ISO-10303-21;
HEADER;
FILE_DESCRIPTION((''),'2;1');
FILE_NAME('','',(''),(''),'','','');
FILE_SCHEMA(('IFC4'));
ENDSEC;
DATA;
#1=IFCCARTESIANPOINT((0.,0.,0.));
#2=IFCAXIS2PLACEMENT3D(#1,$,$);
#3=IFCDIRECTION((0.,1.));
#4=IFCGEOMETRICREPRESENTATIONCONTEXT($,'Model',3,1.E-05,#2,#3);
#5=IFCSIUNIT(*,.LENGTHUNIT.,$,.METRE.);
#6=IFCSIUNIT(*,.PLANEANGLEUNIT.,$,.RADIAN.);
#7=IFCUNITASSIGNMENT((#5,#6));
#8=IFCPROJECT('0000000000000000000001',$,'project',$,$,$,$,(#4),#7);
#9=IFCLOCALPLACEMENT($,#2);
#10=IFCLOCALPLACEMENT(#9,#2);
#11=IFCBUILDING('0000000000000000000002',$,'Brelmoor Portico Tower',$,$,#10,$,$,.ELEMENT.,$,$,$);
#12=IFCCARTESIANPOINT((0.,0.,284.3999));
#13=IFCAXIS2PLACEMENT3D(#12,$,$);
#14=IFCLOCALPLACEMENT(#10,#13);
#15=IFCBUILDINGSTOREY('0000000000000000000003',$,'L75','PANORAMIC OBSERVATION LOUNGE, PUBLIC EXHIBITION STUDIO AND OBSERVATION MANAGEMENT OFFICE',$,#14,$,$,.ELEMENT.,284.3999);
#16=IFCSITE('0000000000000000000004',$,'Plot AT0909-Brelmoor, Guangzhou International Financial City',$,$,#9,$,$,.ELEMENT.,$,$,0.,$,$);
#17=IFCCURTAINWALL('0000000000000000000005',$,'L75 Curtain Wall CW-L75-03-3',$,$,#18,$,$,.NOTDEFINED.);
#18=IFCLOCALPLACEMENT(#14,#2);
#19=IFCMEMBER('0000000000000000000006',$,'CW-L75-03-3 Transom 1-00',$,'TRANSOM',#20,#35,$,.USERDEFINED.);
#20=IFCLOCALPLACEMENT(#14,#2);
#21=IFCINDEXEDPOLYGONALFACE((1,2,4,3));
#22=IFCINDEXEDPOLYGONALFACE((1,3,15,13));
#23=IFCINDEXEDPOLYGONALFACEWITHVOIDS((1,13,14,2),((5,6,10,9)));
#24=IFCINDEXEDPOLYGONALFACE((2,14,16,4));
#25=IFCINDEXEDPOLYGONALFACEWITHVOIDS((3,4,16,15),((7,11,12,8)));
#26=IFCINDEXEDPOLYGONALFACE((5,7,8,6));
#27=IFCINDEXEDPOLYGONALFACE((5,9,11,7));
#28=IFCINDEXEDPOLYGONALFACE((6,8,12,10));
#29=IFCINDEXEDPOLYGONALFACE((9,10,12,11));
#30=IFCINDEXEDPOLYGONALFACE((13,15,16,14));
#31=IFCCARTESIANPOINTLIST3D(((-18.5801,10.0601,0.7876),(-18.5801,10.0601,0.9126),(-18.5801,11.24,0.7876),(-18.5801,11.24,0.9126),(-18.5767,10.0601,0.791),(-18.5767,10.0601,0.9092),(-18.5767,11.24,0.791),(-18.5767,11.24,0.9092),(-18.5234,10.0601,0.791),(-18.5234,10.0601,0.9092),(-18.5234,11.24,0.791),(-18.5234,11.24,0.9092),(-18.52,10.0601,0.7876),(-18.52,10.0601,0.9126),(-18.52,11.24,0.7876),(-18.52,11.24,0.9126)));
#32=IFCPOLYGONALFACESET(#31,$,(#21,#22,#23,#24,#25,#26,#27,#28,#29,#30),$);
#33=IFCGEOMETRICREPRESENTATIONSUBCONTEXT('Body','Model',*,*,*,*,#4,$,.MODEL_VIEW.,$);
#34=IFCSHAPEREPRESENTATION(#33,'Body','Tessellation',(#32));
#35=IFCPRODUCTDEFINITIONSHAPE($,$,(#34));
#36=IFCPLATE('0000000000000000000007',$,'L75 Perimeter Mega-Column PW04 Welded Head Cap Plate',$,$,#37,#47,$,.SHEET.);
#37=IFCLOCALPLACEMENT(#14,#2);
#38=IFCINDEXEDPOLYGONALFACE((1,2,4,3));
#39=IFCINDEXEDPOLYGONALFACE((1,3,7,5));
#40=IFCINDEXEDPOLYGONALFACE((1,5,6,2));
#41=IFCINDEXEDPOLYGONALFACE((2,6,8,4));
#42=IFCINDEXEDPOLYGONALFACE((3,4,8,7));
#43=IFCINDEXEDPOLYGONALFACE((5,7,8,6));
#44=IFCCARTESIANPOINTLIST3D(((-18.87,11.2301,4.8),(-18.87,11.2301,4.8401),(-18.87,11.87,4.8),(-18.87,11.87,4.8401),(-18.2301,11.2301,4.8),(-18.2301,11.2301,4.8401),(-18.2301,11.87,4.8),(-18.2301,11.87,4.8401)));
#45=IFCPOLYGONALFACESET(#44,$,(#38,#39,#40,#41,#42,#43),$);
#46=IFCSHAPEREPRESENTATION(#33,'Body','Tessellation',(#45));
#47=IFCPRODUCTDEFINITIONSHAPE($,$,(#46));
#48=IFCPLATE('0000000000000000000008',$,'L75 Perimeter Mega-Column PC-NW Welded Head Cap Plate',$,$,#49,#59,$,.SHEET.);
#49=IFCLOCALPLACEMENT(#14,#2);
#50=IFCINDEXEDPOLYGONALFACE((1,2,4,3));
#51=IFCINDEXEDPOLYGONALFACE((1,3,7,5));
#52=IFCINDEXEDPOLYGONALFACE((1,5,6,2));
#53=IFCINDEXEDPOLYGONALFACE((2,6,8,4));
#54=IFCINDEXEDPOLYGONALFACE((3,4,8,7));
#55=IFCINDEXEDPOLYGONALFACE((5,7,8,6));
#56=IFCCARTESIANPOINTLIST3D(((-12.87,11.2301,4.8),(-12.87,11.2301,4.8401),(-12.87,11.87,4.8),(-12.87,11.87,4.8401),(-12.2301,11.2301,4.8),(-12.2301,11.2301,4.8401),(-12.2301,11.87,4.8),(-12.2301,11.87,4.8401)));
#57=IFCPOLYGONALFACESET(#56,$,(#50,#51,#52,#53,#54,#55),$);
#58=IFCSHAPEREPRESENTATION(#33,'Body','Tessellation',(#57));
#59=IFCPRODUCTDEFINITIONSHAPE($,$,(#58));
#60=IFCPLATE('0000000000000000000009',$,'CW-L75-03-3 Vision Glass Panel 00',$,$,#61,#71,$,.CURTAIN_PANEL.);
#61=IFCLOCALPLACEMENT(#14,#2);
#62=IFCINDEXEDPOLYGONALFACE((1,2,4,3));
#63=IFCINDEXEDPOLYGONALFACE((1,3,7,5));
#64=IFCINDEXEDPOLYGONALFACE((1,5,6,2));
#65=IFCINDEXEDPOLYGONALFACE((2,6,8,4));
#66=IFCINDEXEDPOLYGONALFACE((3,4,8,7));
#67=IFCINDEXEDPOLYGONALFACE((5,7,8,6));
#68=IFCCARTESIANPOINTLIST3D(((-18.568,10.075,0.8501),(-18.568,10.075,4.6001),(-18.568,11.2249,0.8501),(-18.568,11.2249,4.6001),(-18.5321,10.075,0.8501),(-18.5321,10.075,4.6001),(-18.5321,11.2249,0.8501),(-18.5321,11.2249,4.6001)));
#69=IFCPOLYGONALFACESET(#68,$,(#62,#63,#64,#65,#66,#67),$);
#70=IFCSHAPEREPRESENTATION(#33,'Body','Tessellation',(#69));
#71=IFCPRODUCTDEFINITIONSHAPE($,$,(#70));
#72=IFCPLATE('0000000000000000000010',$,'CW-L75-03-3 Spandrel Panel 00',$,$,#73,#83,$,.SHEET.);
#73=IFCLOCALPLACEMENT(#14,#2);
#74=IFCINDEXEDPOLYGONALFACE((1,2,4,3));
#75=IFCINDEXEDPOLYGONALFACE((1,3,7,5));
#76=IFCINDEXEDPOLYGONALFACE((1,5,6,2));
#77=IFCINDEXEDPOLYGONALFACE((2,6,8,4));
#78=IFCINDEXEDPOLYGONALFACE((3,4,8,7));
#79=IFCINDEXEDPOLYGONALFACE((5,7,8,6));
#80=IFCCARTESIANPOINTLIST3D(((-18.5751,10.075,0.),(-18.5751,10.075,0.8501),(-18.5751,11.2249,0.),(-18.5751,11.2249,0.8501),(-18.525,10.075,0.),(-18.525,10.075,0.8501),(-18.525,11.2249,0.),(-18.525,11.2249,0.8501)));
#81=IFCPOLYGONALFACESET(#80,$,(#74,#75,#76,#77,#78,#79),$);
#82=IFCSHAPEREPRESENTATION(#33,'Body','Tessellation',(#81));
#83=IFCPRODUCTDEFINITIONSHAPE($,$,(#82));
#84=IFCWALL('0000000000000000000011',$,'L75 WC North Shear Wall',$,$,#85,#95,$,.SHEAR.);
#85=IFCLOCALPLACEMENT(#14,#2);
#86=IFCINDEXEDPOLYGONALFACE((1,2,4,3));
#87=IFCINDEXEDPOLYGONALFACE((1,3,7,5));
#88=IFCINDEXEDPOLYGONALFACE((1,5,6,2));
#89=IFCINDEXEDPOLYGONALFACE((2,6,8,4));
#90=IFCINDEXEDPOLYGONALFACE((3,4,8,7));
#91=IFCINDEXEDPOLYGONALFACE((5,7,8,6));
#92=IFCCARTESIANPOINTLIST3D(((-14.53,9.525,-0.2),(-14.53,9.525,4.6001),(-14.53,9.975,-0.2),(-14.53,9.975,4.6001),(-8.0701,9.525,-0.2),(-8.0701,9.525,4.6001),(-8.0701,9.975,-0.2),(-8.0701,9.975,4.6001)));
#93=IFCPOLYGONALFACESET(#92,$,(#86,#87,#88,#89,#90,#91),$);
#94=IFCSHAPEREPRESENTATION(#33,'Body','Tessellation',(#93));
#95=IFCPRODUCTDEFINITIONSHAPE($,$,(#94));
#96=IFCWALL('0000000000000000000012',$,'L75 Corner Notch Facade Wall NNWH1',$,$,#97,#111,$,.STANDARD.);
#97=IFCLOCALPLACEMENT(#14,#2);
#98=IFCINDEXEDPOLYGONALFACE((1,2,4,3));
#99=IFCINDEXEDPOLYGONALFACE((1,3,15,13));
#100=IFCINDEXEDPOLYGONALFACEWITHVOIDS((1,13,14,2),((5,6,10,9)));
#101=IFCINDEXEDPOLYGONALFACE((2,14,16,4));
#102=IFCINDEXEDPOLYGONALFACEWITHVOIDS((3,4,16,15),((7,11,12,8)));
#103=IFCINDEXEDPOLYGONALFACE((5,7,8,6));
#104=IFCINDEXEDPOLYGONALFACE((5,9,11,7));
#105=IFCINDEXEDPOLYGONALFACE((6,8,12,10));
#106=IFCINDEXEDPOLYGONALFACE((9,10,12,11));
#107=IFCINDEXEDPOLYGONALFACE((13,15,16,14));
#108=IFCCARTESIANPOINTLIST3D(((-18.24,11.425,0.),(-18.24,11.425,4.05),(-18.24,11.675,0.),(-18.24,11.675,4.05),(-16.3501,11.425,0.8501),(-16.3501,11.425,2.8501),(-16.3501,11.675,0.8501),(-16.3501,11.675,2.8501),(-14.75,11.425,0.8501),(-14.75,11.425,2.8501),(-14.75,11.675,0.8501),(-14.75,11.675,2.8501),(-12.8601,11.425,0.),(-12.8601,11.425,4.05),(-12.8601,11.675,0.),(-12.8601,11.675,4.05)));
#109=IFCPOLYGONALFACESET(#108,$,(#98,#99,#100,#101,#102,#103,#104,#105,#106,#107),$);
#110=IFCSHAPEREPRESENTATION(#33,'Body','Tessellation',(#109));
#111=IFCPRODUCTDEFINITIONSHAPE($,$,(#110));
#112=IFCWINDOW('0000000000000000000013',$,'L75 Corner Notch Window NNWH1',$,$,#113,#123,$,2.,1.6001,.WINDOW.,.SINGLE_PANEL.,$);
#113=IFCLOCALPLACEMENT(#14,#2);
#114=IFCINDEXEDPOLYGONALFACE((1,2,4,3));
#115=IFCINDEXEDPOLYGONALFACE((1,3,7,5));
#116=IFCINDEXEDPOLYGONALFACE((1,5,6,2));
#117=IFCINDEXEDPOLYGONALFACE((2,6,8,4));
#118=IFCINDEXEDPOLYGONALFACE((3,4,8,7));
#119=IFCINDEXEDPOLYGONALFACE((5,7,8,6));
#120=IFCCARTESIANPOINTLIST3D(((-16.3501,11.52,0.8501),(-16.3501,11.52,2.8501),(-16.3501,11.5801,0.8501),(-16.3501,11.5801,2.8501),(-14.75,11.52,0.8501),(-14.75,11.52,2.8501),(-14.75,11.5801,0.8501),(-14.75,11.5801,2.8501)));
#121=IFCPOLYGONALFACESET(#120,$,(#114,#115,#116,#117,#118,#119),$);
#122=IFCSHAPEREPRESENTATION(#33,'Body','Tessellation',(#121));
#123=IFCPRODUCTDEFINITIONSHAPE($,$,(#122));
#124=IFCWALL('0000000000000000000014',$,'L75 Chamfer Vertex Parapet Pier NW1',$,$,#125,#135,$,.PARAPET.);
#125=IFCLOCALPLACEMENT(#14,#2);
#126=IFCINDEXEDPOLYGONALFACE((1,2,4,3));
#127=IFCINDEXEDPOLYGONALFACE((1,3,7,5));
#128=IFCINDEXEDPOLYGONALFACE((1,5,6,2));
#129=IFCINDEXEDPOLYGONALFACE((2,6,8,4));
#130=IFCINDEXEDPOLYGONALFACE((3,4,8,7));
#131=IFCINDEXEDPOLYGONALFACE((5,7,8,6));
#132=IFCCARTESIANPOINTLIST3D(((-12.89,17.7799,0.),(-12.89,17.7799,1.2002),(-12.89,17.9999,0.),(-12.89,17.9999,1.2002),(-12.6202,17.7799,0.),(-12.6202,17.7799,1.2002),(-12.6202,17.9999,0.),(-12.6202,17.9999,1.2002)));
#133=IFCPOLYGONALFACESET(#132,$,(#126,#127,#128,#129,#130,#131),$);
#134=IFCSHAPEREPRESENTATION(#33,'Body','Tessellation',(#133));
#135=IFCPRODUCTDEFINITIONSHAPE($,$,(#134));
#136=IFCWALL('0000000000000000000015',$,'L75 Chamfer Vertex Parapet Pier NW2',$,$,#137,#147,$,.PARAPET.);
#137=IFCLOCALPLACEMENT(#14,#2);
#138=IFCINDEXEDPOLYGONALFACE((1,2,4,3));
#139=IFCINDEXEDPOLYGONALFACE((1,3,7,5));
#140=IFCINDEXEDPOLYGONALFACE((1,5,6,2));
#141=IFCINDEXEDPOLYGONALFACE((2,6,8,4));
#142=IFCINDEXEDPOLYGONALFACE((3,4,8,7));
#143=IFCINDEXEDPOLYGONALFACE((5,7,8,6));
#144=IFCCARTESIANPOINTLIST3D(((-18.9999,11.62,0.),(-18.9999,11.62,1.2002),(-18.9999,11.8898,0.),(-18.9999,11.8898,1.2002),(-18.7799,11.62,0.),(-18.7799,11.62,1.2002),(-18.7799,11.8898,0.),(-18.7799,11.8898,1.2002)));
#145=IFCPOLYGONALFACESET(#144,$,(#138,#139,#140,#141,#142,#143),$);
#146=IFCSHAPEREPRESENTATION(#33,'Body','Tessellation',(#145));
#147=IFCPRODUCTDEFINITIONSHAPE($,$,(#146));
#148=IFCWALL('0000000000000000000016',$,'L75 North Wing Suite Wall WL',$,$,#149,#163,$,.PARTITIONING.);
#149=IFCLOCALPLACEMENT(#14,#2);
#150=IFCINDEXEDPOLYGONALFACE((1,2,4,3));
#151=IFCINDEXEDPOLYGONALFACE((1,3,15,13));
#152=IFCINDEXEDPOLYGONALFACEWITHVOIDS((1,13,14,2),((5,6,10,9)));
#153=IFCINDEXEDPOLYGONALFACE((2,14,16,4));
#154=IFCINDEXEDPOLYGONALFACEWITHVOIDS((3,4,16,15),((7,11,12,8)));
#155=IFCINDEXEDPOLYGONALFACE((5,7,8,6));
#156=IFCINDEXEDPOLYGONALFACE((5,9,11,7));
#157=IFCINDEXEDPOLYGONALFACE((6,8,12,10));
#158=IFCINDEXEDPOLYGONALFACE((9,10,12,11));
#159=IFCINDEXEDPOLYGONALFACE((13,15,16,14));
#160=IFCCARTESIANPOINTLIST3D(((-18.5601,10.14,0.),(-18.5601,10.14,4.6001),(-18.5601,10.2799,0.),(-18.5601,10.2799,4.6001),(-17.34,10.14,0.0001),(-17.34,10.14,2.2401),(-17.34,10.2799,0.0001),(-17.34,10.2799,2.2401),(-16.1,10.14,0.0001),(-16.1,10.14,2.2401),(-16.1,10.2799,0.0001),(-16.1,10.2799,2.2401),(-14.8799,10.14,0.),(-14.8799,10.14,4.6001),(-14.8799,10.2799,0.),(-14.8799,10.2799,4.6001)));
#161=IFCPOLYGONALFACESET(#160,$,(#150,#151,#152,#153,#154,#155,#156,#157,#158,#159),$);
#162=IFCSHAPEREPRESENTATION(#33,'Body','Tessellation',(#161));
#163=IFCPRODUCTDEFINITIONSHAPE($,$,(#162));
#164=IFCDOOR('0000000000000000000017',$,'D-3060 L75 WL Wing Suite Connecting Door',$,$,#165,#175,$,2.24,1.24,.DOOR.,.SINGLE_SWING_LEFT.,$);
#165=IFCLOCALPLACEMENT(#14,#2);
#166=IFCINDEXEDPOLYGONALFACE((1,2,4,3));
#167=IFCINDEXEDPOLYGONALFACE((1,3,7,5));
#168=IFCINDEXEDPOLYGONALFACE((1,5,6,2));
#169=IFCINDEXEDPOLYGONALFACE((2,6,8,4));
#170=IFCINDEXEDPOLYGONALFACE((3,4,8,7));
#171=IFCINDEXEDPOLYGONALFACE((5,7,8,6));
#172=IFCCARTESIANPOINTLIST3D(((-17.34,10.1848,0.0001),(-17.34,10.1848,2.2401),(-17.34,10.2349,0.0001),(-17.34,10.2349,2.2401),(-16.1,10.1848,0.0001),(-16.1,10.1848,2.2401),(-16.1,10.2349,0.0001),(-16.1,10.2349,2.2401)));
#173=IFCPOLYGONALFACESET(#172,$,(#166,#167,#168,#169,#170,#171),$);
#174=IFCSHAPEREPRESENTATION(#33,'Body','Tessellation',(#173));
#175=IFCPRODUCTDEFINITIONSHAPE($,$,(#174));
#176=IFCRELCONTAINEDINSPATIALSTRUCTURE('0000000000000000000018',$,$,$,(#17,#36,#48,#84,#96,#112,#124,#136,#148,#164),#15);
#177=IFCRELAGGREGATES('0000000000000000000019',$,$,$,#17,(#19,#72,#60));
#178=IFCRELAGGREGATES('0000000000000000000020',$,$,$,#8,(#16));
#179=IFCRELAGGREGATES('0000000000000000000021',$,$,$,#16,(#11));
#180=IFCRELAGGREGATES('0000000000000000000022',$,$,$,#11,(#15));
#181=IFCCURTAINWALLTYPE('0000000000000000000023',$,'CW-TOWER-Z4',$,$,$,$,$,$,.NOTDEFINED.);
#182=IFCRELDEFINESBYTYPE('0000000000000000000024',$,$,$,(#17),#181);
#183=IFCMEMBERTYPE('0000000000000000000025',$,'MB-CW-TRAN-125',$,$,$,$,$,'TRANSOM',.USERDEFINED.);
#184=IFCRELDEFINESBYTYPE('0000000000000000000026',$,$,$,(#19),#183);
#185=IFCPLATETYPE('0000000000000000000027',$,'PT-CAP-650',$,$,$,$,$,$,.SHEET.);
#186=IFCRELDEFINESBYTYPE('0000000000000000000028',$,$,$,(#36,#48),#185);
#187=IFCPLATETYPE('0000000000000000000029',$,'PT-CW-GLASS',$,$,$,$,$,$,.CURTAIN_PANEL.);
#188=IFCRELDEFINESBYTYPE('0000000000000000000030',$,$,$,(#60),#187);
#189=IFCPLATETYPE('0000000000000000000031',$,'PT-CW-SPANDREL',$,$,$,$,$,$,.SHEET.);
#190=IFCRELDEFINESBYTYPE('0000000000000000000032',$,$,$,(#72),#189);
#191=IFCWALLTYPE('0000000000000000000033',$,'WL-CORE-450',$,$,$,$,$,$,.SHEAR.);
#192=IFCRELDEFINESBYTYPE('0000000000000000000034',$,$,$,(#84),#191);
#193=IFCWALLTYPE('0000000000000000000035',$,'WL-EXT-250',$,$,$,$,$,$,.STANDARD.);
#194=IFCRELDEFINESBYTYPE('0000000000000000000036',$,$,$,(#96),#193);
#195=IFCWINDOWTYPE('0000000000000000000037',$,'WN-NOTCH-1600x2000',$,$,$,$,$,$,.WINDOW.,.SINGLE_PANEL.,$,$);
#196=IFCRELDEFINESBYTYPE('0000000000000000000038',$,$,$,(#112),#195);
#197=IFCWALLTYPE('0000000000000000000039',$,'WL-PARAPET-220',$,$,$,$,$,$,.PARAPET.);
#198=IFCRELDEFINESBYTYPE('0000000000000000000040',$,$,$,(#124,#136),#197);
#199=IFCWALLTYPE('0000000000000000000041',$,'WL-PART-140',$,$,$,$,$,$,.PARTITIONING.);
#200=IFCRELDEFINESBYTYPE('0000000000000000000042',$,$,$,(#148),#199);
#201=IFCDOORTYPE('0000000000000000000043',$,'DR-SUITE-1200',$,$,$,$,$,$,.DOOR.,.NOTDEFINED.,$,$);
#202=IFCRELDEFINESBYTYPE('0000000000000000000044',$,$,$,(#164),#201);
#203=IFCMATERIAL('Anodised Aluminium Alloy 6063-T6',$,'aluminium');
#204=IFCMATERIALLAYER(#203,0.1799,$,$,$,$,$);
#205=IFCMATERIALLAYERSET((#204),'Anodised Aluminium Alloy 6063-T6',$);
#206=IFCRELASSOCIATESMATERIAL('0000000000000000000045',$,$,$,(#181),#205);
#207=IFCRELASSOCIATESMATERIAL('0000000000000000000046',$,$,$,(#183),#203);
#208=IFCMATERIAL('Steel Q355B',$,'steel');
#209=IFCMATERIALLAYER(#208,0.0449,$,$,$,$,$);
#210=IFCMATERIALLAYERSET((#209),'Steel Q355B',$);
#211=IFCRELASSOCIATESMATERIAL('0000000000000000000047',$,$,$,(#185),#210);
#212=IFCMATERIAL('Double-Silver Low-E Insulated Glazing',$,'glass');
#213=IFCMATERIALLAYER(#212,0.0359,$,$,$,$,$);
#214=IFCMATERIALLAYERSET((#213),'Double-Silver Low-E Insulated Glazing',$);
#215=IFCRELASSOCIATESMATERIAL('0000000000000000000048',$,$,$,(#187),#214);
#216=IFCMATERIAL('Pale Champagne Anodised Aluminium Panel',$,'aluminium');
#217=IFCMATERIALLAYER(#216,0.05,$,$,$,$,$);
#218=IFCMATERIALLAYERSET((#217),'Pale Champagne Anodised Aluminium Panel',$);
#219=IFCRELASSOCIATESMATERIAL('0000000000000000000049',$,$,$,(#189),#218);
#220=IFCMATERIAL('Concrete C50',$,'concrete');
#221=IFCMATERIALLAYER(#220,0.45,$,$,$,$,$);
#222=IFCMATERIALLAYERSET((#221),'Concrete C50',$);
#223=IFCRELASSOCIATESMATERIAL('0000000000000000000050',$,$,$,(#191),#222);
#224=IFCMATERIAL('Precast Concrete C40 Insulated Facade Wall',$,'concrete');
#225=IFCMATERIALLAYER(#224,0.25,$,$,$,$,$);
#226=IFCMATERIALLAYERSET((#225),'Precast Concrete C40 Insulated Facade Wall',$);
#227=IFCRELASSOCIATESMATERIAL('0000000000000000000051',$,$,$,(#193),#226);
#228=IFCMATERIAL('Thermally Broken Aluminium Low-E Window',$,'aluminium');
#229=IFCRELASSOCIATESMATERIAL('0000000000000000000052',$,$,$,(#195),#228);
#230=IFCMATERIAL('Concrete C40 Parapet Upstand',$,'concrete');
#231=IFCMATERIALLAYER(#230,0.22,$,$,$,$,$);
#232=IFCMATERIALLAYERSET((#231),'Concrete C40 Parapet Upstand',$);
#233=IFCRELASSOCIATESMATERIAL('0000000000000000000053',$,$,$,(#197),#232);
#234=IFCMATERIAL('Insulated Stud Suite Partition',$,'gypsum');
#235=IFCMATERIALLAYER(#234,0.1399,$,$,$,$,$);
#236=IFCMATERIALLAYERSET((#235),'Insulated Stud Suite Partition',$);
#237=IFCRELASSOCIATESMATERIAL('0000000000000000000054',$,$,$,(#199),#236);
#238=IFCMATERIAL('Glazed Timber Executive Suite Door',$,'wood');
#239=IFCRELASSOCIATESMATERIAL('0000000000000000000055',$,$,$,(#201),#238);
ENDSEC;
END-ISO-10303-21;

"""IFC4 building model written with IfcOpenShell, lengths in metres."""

from ifc_helpers import new_model, si_unit, direction, frame, frame_2d, origin, origin_2d, place, context, subcontext, project, spatial, rectangle, hollow_rectangle, extrude, material, layer, layer_set, material_profile, profile_set, type_object, element, fill, aggregate, save


model = new_model("IFC4")

# Units and contexts
model_context = context("Model", 3, precision=1e-05, world=origin(), true_north=direction((0.0, 1.0)))
body_context = subcontext(model_context, "Body", "Model", "MODEL_VIEW")
ifc_project = project(units=[si_unit("LENGTHUNIT", "METRE"), si_unit("PLANEANGLEUNIT", "RADIAN")], contexts=[model_context])

# Site, building, storey
site_placement = place(None, origin())
site = spatial("IfcSite", under=ifc_project, at=site_placement, Name="Plot AT0909-Brelmoor, Guangzhou International Financial City", CompositionType="ELEMENT", RefElevation=0.0)
building_placement = place(site_placement, origin())
building = spatial("IfcBuilding", under=site, at=building_placement, Name="Brelmoor Portico Tower", CompositionType="ELEMENT")
storey_placement = place(building_placement, frame((0.0, 0.0, 284.3999)))
storey = spatial("IfcBuildingStorey", under=building, at=storey_placement, Name="L75", Description="PANORAMIC OBSERVATION LOUNGE, PUBLIC EXHIBITION STUDIO AND OBSERVATION MANAGEMENT OFFICE", CompositionType="ELEMENT", Elevation=284.3999)

# Shared definitions
ifc_material_1 = material(Name="Steel Q355B", Category="steel")

# Curtain wall, member
ifc_material_2 = material(Name="Anodised Aluminium Alloy 6063-T6", Category="aluminium")
ifc_layer_1 = layer(ifc_material_2, 0.1799)
ifc_layer_set_1 = layer_set([ifc_layer_1], Name="Anodised Aluminium Alloy 6063-T6")
curtain_wall_type = type_object("IfcCurtainWallType", Name="CW-TOWER-Z4", PredefinedType="NOTDEFINED", material=ifc_layer_set_1)
curtain_wall_placement = place(storey_placement, origin())
curtain_wall = element("IfcCurtainWall", 1, at=curtain_wall_placement, inside=storey, type_object=curtain_wall_type, Name="L75 Curtain Wall CW-L75-03-3", PredefinedType="NOTDEFINED")
ifc_material_profile_1 = material_profile(ifc_material_2, hollow_rectangle(XDim=0.0601, YDim=0.125, WallThickness=0.0034, at=origin_2d()), Name="ALU TRANSOM 60x125")
ifc_profile_set_1 = profile_set([ifc_material_profile_1], Name="Anodised Aluminium Alloy 6063-T6")
member_type_1 = type_object("IfcMemberType", Name="MB-CW-TRAN-125", ElementType="TRANSOM", PredefinedType="USERDEFINED", material=ifc_profile_set_1)
member_1_placement = place(storey_placement, frame((-18.55, 10.0601, 0.8501), z_axis=(0.0, 1.0, 0.0), x_axis=(-1.0, 0.0, 0.0)))
member_1 = element("IfcMember", 2, at=member_1_placement, type_object=member_type_1, Name="CW-L75-03-3 Transom 1-00", ObjectType="TRANSOM", PredefinedType="USERDEFINED", context=body_context, shape_type="SweptSolid", body=[
    extrude(hollow_rectangle(XDim=0.0601, YDim=0.125, WallThickness=0.0034, at=origin_2d()), origin(), (0.0, 0.0, 1.0), 1.1799),
])

# Plates
ifc_layer_2 = layer(ifc_material_1, 0.0449)
ifc_layer_set_2 = layer_set([ifc_layer_2], Name="Steel Q355B")
plate_type_1 = type_object("IfcPlateType", Name="PT-CAP-650", PredefinedType="SHEET", material=ifc_layer_set_2)
for number, where, z_axis, x_axis, name in (
    (3, (-18.55, 11.55, 4.8), (0.0, 0.0, 1.0), (0.0, 1.0, 0.0), "L75 Perimeter Mega-Column PW04 Welded Head Cap Plate"),
    (4, (-12.55, 11.55, 4.8), (0.0, 0.0, 1.0), (1.0, 0.0, 0.0), "L75 Perimeter Mega-Column PC-NW Welded Head Cap Plate"),
):
    element("IfcPlate", number, at=place(storey_placement, frame(where, z_axis=z_axis, x_axis=x_axis)), inside=storey, type_object=plate_type_1, Name=name, PredefinedType="SHEET", context=body_context, shape_type="SweptSolid", body=[
        extrude(rectangle(XDim=0.6399, YDim=0.6399, at=origin_2d()), origin(), (0.0, 0.0, 1.0), 0.04),
    ])

# Plates
ifc_material_3 = material(Name="Double-Silver Low-E Insulated Glazing", Category="glass")
ifc_layer_3 = layer(ifc_material_3, 0.0359)
ifc_layer_set_3 = layer_set([ifc_layer_3], Name="Double-Silver Low-E Insulated Glazing")
plate_type_2 = type_object("IfcPlateType", Name="PT-CW-GLASS", PredefinedType="CURTAIN_PANEL", material=ifc_layer_set_3)
plate_1_placement = place(storey_placement, frame((-18.55, 10.6499, 0.8501), z_axis=(0.0, 0.0, 1.0), x_axis=(0.0, 1.0, 0.0)))
plate_1 = element("IfcPlate", 5, at=plate_1_placement, type_object=plate_type_2, Name="CW-L75-03-3 Vision Glass Panel 00", PredefinedType="CURTAIN_PANEL", context=body_context, shape_type="SweptSolid", body=[
    extrude(rectangle(XDim=1.1499, YDim=0.0359, at=origin_2d()), origin(), (0.0, 0.0, 1.0), 3.75),
])
ifc_material_4 = material(Name="Pale Champagne Anodised Aluminium Panel", Category="aluminium")
ifc_layer_4 = layer(ifc_material_4, 0.05)
ifc_layer_set_4 = layer_set([ifc_layer_4], Name="Pale Champagne Anodised Aluminium Panel")
plate_type_3 = type_object("IfcPlateType", Name="PT-CW-SPANDREL", PredefinedType="SHEET", material=ifc_layer_set_4)
plate_2_placement = place(storey_placement, frame((-18.55, 10.6499, 0.0), z_axis=(0.0, 0.0, 1.0), x_axis=(0.0, 1.0, 0.0)))
plate_2 = element("IfcPlate", 6, at=plate_2_placement, type_object=plate_type_3, Name="CW-L75-03-3 Spandrel Panel 00", PredefinedType="SHEET", context=body_context, shape_type="SweptSolid", body=[
    extrude(rectangle(XDim=1.1499, YDim=0.05, at=origin_2d()), origin(), (0.0, 0.0, 1.0), 0.8501),
])
aggregate(curtain_wall, [member_1, plate_2, plate_1])

# Wall
ifc_material_5 = material(Name="Concrete C50", Category="concrete")
ifc_layer_5 = layer(ifc_material_5, 0.45)
ifc_layer_set_5 = layer_set([ifc_layer_5], Name="Concrete C50")
wall_type_1 = type_object("IfcWallType", Name="WL-CORE-450", PredefinedType="SHEAR", material=ifc_layer_set_5)
wall_1_placement = place(storey_placement, frame((-14.53, 9.75, -0.2), z_axis=(0.0, 0.0, 1.0), x_axis=(1.0, 0.0, 0.0)))
element("IfcWall", 7, at=wall_1_placement, inside=storey, type_object=wall_type_1, Name="L75 WC North Shear Wall", PredefinedType="SHEAR", context=body_context, shape_type="SweptSolid", body=[
    extrude(rectangle(XDim=6.46, YDim=0.45, at=frame_2d((3.23, 0.0))), origin(), (0.0, 0.0, 1.0), 4.8),
])

# Wall, opening, window
ifc_material_6 = material(Name="Precast Concrete C40 Insulated Facade Wall", Category="concrete")
ifc_layer_6 = layer(ifc_material_6, 0.25)
ifc_layer_set_6 = layer_set([ifc_layer_6], Name="Precast Concrete C40 Insulated Facade Wall")
wall_type_2 = type_object("IfcWallType", Name="WL-EXT-250", PredefinedType="STANDARD", material=ifc_layer_set_6)
wall_2_placement = place(storey_placement, frame((-18.24, 11.55, 0.0), z_axis=(0.0, 0.0, 1.0), x_axis=(1.0, 0.0, 0.0)))
wall_2 = element("IfcWall", 8, at=wall_2_placement, inside=storey, type_object=wall_type_2, Name="L75 Corner Notch Facade Wall NNWH1", PredefinedType="STANDARD", context=body_context, shape_type="SweptSolid", body=[
    extrude(rectangle(XDim=5.3799, YDim=0.25, at=frame_2d((2.6899, 0.0))), origin(), (0.0, 0.0, 1.0), 4.05),
])
opening_1_placement = place(wall_2_placement, frame((1.8899, 0.0, 0.8501)))
opening_1 = element("IfcOpeningElement", 9, at=opening_1_placement, cuts=wall_2, PredefinedType="OPENING", context=body_context, shape_type="SweptSolid", body=[
    extrude(rectangle(XDim=1.6001, YDim=2.0, at=frame_2d((0.8, 1.0))), frame((0.0, 0.135, 0.0), z_axis=(0.0, -1.0, 0.0), x_axis=(1.0, 0.0, 0.0)), (0.0, 0.0, 1.0), 0.27),
])
ifc_material_7 = material(Name="Thermally Broken Aluminium Low-E Window", Category="aluminium")
window_type = type_object("IfcWindowType", Name="WN-NOTCH-1600x2000", PartitioningType="SINGLE_PANEL", PredefinedType="WINDOW", material=ifc_material_7)
window_placement = place(opening_1_placement, origin())
window = element("IfcWindow", 10, at=window_placement, inside=storey, type_object=window_type, Name="L75 Corner Notch Window NNWH1", OverallHeight=2.0, OverallWidth=1.6001, PartitioningType="SINGLE_PANEL", PredefinedType="WINDOW", context=body_context, shape_type="SweptSolid", body=[
    extrude(rectangle(XDim=1.6001, YDim=2.0, at=frame_2d((0.8, 1.0))), frame((0.0, 0.03, 0.0), z_axis=(0.0, -1.0, 0.0), x_axis=(1.0, 0.0, 0.0)), (0.0, 0.0, 1.0), 0.0601),
])
fill(opening_1, window)

# Walls
ifc_material_8 = material(Name="Concrete C40 Parapet Upstand", Category="concrete")
ifc_layer_7 = layer(ifc_material_8, 0.22)
ifc_layer_set_7 = layer_set([ifc_layer_7], Name="Concrete C40 Parapet Upstand")
wall_type_3 = type_object("IfcWallType", Name="WL-PARAPET-220", PredefinedType="PARAPET", material=ifc_layer_set_7)
for number, where, z_axis, x_axis, name in (
    (11, (-12.8899, 17.8899, 0.0), (0.0, 0.0, 1.0), (1.0, 0.0, 0.0), "L75 Chamfer Vertex Parapet Pier NW1"),
    (12, (-18.8899, 11.6201, 0.0), (0.0, 0.0, 1.0), (0.0, 1.0, 0.0), "L75 Chamfer Vertex Parapet Pier NW2"),
):
    element("IfcWall", number, at=place(storey_placement, frame(where, z_axis=z_axis, x_axis=x_axis)), inside=storey, type_object=wall_type_3, Name=name, PredefinedType="PARAPET", context=body_context, shape_type="SweptSolid", body=[
        extrude(rectangle(XDim=0.2698, YDim=0.22, at=frame_2d((0.1348, 0.0))), origin(), (0.0, 0.0, 1.0), 1.2002),
    ])

# Wall, opening, door
ifc_material_9 = material(Name="Insulated Stud Suite Partition", Category="gypsum")
ifc_layer_8 = layer(ifc_material_9, 0.1399)
ifc_layer_set_8 = layer_set([ifc_layer_8], Name="Insulated Stud Suite Partition")
wall_type_4 = type_object("IfcWallType", Name="WL-PART-140", PredefinedType="PARTITIONING", material=ifc_layer_set_8)
wall_3_placement = place(storey_placement, frame((-18.5601, 10.21, 0.0), z_axis=(0.0, 0.0, 1.0), x_axis=(1.0, 0.0, 0.0)))
wall_3 = element("IfcWall", 13, at=wall_3_placement, inside=storey, type_object=wall_type_4, Name="L75 North Wing Suite Wall WL", PredefinedType="PARTITIONING", context=body_context, shape_type="SweptSolid", body=[
    extrude(rectangle(XDim=3.6802, YDim=0.1399, at=frame_2d((1.8401, 0.0))), origin(), (0.0, 0.0, 1.0), 4.6001),
])
opening_2_placement = place(wall_3_placement, frame((1.22, 0.0, 0.0)))
opening_2 = element("IfcOpeningElement", 14, at=opening_2_placement, cuts=wall_3, PredefinedType="OPENING", context=body_context, shape_type="SweptSolid", body=[
    extrude(rectangle(XDim=1.24, YDim=2.24, at=frame_2d((0.6201, 1.1201))), frame((0.0, 0.0798, 0.0), z_axis=(0.0, -1.0, 0.0), x_axis=(1.0, 0.0, 0.0)), (0.0, 0.0, 1.0), 0.1599),
])
ifc_material_10 = material(Name="Glazed Timber Executive Suite Door", Category="wood")
door_type = type_object("IfcDoorType", Name="DR-SUITE-1200", OperationType="NOTDEFINED", PredefinedType="DOOR", material=ifc_material_10)
door_placement = place(opening_2_placement, origin())
door = element("IfcDoor", 15, at=door_placement, inside=storey, type_object=door_type, Name="D-3060 L75 WL Wing Suite Connecting Door", OperationType="SINGLE_SWING_LEFT", OverallHeight=2.24, OverallWidth=1.24, PredefinedType="DOOR", context=body_context, shape_type="SweptSolid", body=[
    extrude(rectangle(XDim=1.24, YDim=2.24, at=frame_2d((0.6201, 1.1201))), frame((0.0, 0.0249, 0.0), z_axis=(0.0, -1.0, 0.0), x_axis=(1.0, 0.0, 0.0)), (0.0, 0.0, 1.0), 0.05),
])
fill(opening_2, door)

save(model, "model.ifc")
